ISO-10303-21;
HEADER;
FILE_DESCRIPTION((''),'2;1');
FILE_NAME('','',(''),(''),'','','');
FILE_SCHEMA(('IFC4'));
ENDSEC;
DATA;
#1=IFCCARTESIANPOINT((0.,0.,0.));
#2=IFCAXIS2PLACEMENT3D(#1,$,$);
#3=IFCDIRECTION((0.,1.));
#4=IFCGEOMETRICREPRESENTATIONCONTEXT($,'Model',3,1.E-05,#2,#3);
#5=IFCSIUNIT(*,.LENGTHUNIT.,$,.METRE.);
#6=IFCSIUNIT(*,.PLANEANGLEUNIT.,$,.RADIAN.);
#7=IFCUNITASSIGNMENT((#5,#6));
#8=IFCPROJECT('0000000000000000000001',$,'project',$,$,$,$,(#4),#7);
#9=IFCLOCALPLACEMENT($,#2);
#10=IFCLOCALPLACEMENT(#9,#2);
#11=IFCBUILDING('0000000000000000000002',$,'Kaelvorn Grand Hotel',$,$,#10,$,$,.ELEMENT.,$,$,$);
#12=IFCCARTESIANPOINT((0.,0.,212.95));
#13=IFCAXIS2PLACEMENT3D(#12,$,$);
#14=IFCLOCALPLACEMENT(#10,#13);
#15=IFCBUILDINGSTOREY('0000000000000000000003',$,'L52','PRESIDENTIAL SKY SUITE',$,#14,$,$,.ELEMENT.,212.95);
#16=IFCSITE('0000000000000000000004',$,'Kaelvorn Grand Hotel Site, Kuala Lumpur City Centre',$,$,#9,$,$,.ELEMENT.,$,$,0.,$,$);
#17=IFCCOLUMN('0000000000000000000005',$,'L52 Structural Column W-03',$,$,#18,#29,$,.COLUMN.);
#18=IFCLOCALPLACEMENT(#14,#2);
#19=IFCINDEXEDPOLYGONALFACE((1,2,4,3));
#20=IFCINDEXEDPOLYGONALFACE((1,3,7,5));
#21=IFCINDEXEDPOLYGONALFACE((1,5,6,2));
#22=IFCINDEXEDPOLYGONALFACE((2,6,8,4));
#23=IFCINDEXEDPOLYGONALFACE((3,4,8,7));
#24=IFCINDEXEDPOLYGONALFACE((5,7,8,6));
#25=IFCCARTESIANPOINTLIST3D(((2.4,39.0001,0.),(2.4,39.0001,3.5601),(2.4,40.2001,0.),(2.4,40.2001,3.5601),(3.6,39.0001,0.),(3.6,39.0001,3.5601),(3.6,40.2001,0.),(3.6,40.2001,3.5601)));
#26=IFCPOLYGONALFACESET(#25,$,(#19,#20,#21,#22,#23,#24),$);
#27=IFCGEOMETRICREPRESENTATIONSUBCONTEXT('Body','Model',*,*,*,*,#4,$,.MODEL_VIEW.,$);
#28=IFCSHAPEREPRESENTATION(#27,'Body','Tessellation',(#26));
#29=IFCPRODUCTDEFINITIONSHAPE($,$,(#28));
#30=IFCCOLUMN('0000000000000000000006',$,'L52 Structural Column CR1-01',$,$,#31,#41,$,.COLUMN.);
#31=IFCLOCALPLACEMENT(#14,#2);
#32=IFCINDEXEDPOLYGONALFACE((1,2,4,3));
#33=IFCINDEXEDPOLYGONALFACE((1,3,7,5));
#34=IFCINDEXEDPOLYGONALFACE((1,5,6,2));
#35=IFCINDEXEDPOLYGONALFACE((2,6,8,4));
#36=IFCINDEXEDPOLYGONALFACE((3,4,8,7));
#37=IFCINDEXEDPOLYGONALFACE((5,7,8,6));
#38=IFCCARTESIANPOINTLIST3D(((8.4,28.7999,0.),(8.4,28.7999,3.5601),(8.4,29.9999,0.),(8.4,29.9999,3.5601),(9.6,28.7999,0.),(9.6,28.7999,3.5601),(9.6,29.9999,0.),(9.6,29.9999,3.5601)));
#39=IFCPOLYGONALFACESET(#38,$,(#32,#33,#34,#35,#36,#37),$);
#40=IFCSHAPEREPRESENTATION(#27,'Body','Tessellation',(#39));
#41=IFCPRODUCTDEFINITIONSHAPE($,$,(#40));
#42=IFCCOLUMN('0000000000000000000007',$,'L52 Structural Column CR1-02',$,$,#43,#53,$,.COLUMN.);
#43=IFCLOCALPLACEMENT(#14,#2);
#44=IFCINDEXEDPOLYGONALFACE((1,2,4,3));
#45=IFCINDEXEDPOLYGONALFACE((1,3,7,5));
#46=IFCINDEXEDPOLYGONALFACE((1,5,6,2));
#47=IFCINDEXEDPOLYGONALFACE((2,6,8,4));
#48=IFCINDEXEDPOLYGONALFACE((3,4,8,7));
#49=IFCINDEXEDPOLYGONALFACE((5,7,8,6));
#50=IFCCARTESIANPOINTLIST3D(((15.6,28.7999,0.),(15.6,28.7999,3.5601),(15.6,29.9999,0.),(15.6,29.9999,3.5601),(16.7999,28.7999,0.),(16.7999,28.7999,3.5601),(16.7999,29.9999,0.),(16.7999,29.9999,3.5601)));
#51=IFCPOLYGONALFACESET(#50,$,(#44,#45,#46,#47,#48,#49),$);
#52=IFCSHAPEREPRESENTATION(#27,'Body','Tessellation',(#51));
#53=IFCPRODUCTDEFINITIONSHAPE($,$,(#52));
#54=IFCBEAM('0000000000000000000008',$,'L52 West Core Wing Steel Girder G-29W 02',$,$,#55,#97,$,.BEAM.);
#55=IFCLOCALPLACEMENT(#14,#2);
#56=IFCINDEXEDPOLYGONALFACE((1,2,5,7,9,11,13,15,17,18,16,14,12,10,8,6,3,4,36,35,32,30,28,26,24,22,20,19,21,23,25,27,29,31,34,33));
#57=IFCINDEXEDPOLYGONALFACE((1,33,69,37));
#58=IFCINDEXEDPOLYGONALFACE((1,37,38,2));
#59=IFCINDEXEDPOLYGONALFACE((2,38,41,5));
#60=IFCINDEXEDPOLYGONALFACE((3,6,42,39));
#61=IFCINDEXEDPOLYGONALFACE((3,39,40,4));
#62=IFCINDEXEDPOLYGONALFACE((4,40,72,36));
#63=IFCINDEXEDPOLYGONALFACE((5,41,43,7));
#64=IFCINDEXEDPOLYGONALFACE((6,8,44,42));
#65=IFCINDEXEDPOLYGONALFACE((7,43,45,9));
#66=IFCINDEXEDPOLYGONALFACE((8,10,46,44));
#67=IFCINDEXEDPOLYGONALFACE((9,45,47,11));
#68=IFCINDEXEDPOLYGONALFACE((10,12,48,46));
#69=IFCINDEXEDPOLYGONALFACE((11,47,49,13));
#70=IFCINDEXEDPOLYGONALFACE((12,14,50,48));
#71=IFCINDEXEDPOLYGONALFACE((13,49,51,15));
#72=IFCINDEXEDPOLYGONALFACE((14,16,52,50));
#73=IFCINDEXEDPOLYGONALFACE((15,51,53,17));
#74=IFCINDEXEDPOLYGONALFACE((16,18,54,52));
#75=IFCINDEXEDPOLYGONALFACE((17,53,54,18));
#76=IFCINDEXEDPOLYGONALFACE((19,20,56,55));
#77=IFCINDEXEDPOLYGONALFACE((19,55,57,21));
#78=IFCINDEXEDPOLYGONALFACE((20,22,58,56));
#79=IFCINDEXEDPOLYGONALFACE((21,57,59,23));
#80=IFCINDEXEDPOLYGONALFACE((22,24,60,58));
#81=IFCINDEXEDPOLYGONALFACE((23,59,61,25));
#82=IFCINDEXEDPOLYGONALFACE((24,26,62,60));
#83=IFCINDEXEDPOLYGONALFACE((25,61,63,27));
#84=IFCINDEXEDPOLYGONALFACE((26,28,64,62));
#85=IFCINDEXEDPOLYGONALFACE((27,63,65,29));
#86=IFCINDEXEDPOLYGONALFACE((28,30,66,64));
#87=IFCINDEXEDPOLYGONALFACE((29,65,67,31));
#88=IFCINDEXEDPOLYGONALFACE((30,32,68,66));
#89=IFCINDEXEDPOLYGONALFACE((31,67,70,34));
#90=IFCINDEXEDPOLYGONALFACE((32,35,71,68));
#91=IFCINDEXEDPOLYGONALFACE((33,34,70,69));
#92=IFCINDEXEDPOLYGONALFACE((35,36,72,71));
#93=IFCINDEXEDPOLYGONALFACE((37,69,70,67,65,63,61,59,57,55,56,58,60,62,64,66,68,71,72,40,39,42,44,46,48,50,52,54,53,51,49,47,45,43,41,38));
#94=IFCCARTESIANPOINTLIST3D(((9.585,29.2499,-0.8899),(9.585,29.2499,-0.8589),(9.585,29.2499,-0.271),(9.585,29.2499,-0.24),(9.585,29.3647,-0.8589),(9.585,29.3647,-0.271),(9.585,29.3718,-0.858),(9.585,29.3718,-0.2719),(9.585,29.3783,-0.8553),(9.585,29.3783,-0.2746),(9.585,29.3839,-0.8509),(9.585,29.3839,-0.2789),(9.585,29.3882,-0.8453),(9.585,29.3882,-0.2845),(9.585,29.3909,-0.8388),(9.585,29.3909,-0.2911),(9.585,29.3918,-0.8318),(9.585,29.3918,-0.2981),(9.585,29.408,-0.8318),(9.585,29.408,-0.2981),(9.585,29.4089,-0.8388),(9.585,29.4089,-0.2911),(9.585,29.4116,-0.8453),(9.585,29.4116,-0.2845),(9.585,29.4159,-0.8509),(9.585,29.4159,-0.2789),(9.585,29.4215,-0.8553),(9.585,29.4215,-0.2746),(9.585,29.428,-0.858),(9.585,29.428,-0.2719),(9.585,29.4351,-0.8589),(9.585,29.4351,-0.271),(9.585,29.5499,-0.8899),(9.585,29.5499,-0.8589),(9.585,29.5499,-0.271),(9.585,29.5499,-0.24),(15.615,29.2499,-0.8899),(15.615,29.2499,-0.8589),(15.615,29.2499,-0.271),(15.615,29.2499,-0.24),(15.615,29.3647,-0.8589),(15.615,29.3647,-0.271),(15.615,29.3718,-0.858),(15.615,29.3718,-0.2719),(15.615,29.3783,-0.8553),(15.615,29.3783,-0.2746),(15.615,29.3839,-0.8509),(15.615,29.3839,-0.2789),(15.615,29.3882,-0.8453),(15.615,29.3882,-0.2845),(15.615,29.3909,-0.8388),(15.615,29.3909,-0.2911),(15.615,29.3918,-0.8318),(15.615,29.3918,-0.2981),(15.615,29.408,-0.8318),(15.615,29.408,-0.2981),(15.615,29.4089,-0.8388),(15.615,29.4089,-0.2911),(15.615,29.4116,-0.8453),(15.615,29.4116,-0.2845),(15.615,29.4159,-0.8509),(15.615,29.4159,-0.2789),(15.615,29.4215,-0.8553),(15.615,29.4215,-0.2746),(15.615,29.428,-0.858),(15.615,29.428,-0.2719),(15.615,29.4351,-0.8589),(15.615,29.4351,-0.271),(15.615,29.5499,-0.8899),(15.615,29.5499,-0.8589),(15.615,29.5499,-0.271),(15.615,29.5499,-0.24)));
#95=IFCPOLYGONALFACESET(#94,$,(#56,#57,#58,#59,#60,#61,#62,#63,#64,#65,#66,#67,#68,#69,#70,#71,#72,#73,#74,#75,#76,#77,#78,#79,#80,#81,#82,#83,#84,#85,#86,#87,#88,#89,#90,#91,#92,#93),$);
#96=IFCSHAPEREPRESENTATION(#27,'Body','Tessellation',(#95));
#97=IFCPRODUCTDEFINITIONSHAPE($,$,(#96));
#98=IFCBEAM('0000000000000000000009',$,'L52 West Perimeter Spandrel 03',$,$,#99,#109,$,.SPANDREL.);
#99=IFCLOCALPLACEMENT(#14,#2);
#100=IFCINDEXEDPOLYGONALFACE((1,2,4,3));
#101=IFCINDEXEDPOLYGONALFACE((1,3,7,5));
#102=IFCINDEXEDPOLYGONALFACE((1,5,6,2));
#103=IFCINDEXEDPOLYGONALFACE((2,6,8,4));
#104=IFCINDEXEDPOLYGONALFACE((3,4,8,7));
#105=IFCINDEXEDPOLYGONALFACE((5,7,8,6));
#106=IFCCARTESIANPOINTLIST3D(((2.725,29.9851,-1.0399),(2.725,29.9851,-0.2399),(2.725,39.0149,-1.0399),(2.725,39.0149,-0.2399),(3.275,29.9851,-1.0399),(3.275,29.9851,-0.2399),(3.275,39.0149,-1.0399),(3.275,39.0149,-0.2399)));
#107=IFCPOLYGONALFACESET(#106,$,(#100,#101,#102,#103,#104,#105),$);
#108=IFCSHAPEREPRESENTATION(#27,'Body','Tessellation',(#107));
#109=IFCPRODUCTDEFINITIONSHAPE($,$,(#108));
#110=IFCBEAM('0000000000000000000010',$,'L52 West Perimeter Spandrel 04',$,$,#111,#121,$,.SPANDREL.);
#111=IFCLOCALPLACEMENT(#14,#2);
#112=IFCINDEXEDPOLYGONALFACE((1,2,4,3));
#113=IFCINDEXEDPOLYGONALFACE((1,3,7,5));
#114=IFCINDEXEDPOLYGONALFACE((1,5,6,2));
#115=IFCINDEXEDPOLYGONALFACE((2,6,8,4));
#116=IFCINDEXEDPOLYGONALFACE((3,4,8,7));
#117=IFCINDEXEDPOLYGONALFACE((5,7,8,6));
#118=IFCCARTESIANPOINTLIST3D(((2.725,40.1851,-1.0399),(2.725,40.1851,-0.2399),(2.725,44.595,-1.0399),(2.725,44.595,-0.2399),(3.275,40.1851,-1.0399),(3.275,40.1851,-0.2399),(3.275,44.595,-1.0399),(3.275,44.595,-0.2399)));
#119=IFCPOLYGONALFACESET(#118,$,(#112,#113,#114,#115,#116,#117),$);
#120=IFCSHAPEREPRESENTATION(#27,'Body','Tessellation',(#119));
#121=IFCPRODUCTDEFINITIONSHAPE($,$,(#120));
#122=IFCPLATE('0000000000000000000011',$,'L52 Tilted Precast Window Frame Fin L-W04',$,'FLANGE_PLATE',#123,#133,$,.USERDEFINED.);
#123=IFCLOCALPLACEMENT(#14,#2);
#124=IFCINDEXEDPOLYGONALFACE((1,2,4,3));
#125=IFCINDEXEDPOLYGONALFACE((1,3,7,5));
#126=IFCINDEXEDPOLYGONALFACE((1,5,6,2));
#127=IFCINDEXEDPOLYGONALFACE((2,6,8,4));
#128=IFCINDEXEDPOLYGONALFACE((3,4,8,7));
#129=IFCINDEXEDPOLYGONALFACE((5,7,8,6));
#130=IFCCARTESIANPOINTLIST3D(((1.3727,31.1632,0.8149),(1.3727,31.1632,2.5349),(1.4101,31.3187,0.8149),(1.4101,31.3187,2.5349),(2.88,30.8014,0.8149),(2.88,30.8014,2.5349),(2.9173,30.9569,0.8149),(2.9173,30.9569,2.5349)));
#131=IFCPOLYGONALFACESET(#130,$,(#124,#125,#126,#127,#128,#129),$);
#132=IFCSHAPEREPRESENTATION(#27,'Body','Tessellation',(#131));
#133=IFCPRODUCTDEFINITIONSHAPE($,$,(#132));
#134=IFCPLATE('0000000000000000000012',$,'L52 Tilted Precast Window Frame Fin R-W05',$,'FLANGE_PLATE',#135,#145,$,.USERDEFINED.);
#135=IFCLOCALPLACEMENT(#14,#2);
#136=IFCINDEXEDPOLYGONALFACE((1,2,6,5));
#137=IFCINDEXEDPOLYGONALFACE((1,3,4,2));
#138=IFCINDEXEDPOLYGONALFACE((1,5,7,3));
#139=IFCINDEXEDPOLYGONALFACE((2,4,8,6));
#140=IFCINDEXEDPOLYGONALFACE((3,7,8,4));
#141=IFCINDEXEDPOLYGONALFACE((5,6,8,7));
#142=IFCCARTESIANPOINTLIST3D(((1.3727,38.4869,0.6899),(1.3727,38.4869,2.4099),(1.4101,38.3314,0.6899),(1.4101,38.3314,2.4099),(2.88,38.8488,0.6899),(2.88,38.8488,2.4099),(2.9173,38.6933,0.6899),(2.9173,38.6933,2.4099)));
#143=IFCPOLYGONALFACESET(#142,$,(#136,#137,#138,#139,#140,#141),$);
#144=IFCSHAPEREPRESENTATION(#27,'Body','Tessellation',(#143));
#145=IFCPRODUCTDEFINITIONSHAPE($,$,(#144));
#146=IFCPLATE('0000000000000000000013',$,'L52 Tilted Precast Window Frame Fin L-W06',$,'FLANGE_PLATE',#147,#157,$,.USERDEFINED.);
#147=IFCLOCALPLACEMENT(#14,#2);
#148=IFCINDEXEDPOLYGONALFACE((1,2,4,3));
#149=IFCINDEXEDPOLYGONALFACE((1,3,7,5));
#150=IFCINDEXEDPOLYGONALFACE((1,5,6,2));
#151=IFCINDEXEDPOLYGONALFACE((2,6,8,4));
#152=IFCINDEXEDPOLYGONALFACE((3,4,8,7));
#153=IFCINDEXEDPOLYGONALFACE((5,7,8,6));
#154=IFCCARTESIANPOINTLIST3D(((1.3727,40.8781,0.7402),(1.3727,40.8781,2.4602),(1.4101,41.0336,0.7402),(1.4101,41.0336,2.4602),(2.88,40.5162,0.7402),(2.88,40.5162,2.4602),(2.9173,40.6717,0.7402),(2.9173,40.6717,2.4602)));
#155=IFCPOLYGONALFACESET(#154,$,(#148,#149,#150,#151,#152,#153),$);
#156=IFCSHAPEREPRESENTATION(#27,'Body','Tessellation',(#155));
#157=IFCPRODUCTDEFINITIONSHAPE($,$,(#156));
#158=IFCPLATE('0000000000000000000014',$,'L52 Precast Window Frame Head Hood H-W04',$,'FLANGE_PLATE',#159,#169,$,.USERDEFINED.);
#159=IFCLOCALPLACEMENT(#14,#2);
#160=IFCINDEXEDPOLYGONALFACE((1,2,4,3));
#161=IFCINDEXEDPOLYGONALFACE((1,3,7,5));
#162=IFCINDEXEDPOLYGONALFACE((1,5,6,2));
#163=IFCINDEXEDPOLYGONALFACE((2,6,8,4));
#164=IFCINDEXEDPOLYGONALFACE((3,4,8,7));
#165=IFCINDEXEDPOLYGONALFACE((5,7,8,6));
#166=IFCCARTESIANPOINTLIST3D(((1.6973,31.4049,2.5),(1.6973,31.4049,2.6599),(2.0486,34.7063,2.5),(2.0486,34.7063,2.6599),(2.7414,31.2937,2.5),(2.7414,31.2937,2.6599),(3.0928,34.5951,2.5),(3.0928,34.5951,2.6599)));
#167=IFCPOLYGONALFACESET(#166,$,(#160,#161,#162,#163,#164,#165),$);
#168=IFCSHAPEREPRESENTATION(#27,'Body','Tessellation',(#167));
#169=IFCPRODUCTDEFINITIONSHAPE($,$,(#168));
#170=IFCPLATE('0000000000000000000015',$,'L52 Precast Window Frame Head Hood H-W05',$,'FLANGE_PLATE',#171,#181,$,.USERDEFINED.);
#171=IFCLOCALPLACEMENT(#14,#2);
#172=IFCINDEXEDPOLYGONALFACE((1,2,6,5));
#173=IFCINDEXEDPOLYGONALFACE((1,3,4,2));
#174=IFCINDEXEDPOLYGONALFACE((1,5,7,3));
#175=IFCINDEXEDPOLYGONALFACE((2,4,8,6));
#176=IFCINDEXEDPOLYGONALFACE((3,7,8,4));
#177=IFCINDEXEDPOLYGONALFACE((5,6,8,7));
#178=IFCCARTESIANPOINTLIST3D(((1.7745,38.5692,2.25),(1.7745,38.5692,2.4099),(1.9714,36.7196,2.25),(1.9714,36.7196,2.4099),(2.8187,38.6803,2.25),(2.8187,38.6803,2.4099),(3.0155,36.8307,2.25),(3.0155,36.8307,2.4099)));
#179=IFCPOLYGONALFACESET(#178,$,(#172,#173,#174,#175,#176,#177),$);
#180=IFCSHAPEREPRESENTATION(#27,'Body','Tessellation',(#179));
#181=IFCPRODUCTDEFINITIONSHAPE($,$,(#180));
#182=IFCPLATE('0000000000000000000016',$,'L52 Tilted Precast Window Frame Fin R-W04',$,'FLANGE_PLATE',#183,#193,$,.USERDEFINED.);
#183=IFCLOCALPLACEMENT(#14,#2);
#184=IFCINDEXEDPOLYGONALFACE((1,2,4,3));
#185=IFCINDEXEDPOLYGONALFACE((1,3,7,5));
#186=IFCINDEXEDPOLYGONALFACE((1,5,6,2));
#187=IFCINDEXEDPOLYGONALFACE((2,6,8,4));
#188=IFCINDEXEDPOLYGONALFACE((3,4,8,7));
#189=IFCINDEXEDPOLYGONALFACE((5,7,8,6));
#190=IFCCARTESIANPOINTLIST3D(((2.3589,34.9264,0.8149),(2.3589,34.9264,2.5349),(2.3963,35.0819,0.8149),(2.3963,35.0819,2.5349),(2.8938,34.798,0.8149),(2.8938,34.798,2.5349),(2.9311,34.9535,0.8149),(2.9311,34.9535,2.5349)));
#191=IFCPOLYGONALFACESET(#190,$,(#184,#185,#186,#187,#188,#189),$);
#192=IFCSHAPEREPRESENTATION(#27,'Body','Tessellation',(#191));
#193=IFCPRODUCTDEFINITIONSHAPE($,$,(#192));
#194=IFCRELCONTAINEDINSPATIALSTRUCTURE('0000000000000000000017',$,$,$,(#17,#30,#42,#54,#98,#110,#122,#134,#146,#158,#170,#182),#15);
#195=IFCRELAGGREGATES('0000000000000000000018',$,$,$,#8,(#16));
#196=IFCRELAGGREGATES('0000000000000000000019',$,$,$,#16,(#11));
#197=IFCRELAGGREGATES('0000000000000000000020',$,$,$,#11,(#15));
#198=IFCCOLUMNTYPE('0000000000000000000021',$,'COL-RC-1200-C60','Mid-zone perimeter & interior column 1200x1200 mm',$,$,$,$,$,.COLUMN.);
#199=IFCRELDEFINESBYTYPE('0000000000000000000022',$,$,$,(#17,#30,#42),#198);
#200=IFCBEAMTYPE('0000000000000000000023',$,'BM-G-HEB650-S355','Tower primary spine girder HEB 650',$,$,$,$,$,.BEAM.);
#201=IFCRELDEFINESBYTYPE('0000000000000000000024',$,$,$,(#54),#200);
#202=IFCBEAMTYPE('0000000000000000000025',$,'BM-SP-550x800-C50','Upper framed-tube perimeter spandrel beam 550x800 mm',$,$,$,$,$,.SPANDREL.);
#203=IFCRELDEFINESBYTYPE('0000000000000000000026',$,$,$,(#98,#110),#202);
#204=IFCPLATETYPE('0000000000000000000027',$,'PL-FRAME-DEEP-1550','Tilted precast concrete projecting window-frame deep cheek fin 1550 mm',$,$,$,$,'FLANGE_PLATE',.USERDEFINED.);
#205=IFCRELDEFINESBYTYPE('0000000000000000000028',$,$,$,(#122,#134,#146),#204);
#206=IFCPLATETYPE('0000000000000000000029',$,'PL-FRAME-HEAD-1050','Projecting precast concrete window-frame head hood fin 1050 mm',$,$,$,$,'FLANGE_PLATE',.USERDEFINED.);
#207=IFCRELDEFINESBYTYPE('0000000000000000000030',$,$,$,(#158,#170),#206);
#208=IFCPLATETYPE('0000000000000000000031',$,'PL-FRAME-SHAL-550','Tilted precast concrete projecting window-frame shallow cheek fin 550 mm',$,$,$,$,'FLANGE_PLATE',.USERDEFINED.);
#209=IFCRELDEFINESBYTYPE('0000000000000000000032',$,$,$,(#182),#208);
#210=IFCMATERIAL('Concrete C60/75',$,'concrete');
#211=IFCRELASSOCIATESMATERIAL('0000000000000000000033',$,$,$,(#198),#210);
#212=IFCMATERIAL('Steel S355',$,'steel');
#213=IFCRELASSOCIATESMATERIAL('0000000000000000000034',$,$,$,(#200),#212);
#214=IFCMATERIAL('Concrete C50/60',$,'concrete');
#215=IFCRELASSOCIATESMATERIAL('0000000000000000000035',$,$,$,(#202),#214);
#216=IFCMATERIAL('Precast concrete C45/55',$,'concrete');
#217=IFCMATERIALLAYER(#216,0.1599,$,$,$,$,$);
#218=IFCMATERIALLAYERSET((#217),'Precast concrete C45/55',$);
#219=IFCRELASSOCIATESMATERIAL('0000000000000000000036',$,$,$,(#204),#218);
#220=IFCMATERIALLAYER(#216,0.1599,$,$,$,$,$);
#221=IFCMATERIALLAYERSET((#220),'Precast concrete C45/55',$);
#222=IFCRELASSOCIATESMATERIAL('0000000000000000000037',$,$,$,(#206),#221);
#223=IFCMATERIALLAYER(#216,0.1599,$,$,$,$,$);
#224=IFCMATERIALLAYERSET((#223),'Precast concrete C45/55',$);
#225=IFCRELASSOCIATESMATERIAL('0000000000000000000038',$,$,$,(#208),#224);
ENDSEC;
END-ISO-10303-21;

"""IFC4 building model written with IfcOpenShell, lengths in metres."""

from ifc_helpers import new_model, si_unit, direction, frame, origin, origin_2d, place, context, subcontext, project, spatial, rectangle, i_section, extrude, material, layer, layer_set, material_profile, profile_set, type_object, element, save


model = new_model("IFC4")

# Units and contexts
model_context = context("Model", 3, precision=1e-05, world=origin(), true_north=direction((0.0, 1.0)))
body_context = subcontext(model_context, "Body", "Model", "MODEL_VIEW")
ifc_project = project(units=[si_unit("LENGTHUNIT", "METRE"), si_unit("PLANEANGLEUNIT", "RADIAN")], contexts=[model_context])

# Site, building, storey
site_placement = place(None, origin())
site = spatial("IfcSite", under=ifc_project, at=site_placement, Name="Kaelvorn Grand Hotel Site, Kuala Lumpur City Centre", CompositionType="ELEMENT", RefElevation=0.0)
building_placement = place(site_placement, origin())
building = spatial("IfcBuilding", under=site, at=building_placement, Name="Kaelvorn Grand Hotel", CompositionType="ELEMENT")
storey_placement = place(building_placement, frame((0.0, 0.0, 212.95)))
storey = spatial("IfcBuildingStorey", under=building, at=storey_placement, Name="L52", Description="PRESIDENTIAL SKY SUITE", CompositionType="ELEMENT", Elevation=212.95)

# Columns
ifc_material_1 = material(Name="Concrete C60/75", Category="concrete")
ifc_material_profile_1 = material_profile(ifc_material_1, rectangle(XDim=1.2, YDim=1.2, at=origin_2d()), Name="RC COL 1200x1200")
ifc_profile_set_1 = profile_set([ifc_material_profile_1], Name="Concrete C60/75")
column_type = type_object("IfcColumnType", Name="COL-RC-1200-C60", Description="Mid-zone perimeter & interior column 1200x1200 mm", PredefinedType="COLUMN", material=ifc_profile_set_1)
for number, where, z_axis, x_axis, name in (
    (1, (3.0, 39.6001, 0.0), (0.0, 0.0, 1.0), (1.0, 0.0, 0.0), "L52 Structural Column W-03"),
    (2, (9.0, 29.3999, 0.0), (0.0, 0.0, 1.0), (1.0, 0.0, 0.0), "L52 Structural Column CR1-01"),
    (3, (16.2, 29.3999, 0.0), (0.0, 0.0, 1.0), (1.0, 0.0, 0.0), "L52 Structural Column CR1-02"),
):
    element("IfcColumn", number, at=place(storey_placement, frame(where, z_axis=z_axis, x_axis=x_axis)), inside=storey, type_object=column_type, Name=name, PredefinedType="COLUMN", context=body_context, shape_type="SweptSolid", body=[
        extrude(rectangle(XDim=1.2, YDim=1.2, at=origin_2d()), origin(), (0.0, 0.0, 1.0), 3.5601),
    ])

# Beams
ifc_material_2 = material(Name="Steel S355", Category="steel")
ifc_material_profile_2 = material_profile(ifc_material_2, i_section(OverallWidth=0.3, OverallDepth=0.6499, WebThickness=0.0161, FlangeThickness=0.031, FilletRadius=0.0271, at=origin_2d()), Name="HEB 650")
ifc_profile_set_2 = profile_set([ifc_material_profile_2], Name="Steel S355")
beam_type_1 = type_object("IfcBeamType", Name="BM-G-HEB650-S355", Description="Tower primary spine girder HEB 650", PredefinedType="BEAM", material=ifc_profile_set_2)
beam_1_placement = place(storey_placement, frame((9.585, 29.3999, -0.5649), z_axis=(1.0, 0.0, 0.0), x_axis=(0.0, 1.0, 0.0)))
element("IfcBeam", 4, at=beam_1_placement, inside=storey, type_object=beam_type_1, Name="L52 West Core Wing Steel Girder G-29W 02", PredefinedType="BEAM", context=body_context, shape_type="SweptSolid", body=[
    extrude(i_section(OverallWidth=0.3, OverallDepth=0.6499, WebThickness=0.0161, FlangeThickness=0.031, FilletRadius=0.0271, at=origin_2d()), origin(), (0.0, 0.0, 1.0), 6.03),
])
ifc_material_3 = material(Name="Concrete C50/60", Category="concrete")
ifc_material_profile_3 = material_profile(ifc_material_3, rectangle(XDim=0.55, YDim=0.8, at=origin_2d()), Name="RC SPANDREL 550x800")
ifc_profile_set_3 = profile_set([ifc_material_profile_3], Name="Concrete C50/60")
beam_type_2 = type_object("IfcBeamType", Name="BM-SP-550x800-C50", Description="Upper framed-tube perimeter spandrel beam 550x800 mm", PredefinedType="SPANDREL", material=ifc_profile_set_3)
beam_2_placement = place(storey_placement, frame((3.0, 29.9851, -0.6399), z_axis=(0.0, 1.0, 0.0), x_axis=(-1.0, 0.0, 0.0)))
element("IfcBeam", 5, at=beam_2_placement, inside=storey, type_object=beam_type_2, Name="L52 West Perimeter Spandrel 03", PredefinedType="SPANDREL", context=body_context, shape_type="SweptSolid", body=[
    extrude(rectangle(XDim=0.55, YDim=0.8, at=origin_2d()), origin(), (0.0, 0.0, 1.0), 9.0298),
])
beam_3_placement = place(storey_placement, frame((3.0, 40.1851, -0.6399), z_axis=(0.0, 1.0, 0.0), x_axis=(-1.0, 0.0, 0.0)))
element("IfcBeam", 6, at=beam_3_placement, inside=storey, type_object=beam_type_2, Name="L52 West Perimeter Spandrel 04", PredefinedType="SPANDREL", context=body_context, shape_type="SweptSolid", body=[
    extrude(rectangle(XDim=0.55, YDim=0.8, at=origin_2d()), origin(), (0.0, 0.0, 1.0), 4.4099),
])

# Plates
ifc_material_4 = material(Name="Precast concrete C45/55", Category="concrete")
ifc_layer_1 = layer(ifc_material_4, 0.1599)
ifc_layer_set_1 = layer_set([ifc_layer_1], Name="Precast concrete C45/55")
plate_type_1 = type_object("IfcPlateType", Name="PL-FRAME-DEEP-1550", Description="Tilted precast concrete projecting window-frame deep cheek fin 1550 mm", ElementType="FLANGE_PLATE", PredefinedType="USERDEFINED", material=ifc_layer_set_1)
for number, where, z_axis, x_axis, name in (
    (7, (2.145, 31.0601, 0.8149), (0.0, 0.0, 1.0), (0.233445, 0.97237, 0.0), "L52 Tilted Precast Window Frame Fin L-W04"),
    (8, (2.145, 38.5901, 0.6899), (0.0, 0.0, 1.0), (-0.233445, 0.97237, 0.0), "L52 Tilted Precast Window Frame Fin R-W05"),
    (9, (2.145, 40.7749, 0.7402), (0.0, 0.0, 1.0), (0.233445, 0.97237, 0.0), "L52 Tilted Precast Window Frame Fin L-W06"),
):
    element("IfcPlate", number, at=place(storey_placement, frame(where, z_axis=z_axis, x_axis=x_axis)), inside=storey, type_object=plate_type_1, Name=name, ObjectType="FLANGE_PLATE", PredefinedType="USERDEFINED", context=body_context, shape_type="SweptSolid", body=[
        extrude(rectangle(XDim=0.1599, YDim=1.55, at=origin_2d()), origin(), (0.0, 0.0, 1.0), 1.72),
    ])
ifc_layer_2 = layer(ifc_material_4, 0.1599)
ifc_layer_set_2 = layer_set([ifc_layer_2], Name="Precast concrete C45/55")
plate_type_2 = type_object("IfcPlateType", Name="PL-FRAME-HEAD-1050", Description="Projecting precast concrete window-frame head hood fin 1050 mm", ElementType="FLANGE_PLATE", PredefinedType="USERDEFINED", material=ifc_layer_set_2)
plate_1_placement = place(storey_placement, frame((2.395, 33.0, 2.5), z_axis=(0.0, 0.0, 1.0), x_axis=(0.10583, 0.994384, 0.0)))
element("IfcPlate", 10, at=plate_1_placement, inside=storey, type_object=plate_type_2, Name="L52 Precast Window Frame Head Hood H-W04", ObjectType="FLANGE_PLATE", PredefinedType="USERDEFINED", context=body_context, shape_type="SweptSolid", body=[
    extrude(rectangle(XDim=3.3201, YDim=1.05, at=origin_2d()), origin(), (0.0, 0.0, 1.0), 0.1599),
])
plate_2_placement = place(storey_placement, frame((2.395, 37.7, 2.25), z_axis=(0.0, 0.0, 1.0), x_axis=(-0.10583, 0.994384, 0.0)))
element("IfcPlate", 11, at=plate_2_placement, inside=storey, type_object=plate_type_2, Name="L52 Precast Window Frame Head Hood H-W05", ObjectType="FLANGE_PLATE", PredefinedType="USERDEFINED", context=body_context, shape_type="SweptSolid", body=[
    extrude(rectangle(XDim=1.8601, YDim=1.05, at=origin_2d()), origin(), (0.0, 0.0, 1.0), 0.1599),
])
ifc_layer_3 = layer(ifc_material_4, 0.1599)
ifc_layer_set_3 = layer_set([ifc_layer_3], Name="Precast concrete C45/55")
plate_type_3 = type_object("IfcPlateType", Name="PL-FRAME-SHAL-550", Description="Tilted precast concrete projecting window-frame shallow cheek fin 550 mm", ElementType="FLANGE_PLATE", PredefinedType="USERDEFINED", material=ifc_layer_set_3)
for number, where, z_axis, x_axis, name in (
    (12, (2.645, 34.9399, 0.8149), (0.0, 0.0, 1.0), (0.233445, 0.97237, 0.0), "L52 Tilted Precast Window Frame Fin R-W04"),
):
    element("IfcPlate", number, at=place(storey_placement, frame(where, z_axis=z_axis, x_axis=x_axis)), inside=storey, type_object=plate_type_3, Name=name, ObjectType="FLANGE_PLATE", PredefinedType="USERDEFINED", context=body_context, shape_type="SweptSolid", body=[
        extrude(rectangle(XDim=0.1599, YDim=0.55, at=origin_2d()), origin(), (0.0, 0.0, 1.0), 1.72),
    ])

save(model, "model.ifc")
